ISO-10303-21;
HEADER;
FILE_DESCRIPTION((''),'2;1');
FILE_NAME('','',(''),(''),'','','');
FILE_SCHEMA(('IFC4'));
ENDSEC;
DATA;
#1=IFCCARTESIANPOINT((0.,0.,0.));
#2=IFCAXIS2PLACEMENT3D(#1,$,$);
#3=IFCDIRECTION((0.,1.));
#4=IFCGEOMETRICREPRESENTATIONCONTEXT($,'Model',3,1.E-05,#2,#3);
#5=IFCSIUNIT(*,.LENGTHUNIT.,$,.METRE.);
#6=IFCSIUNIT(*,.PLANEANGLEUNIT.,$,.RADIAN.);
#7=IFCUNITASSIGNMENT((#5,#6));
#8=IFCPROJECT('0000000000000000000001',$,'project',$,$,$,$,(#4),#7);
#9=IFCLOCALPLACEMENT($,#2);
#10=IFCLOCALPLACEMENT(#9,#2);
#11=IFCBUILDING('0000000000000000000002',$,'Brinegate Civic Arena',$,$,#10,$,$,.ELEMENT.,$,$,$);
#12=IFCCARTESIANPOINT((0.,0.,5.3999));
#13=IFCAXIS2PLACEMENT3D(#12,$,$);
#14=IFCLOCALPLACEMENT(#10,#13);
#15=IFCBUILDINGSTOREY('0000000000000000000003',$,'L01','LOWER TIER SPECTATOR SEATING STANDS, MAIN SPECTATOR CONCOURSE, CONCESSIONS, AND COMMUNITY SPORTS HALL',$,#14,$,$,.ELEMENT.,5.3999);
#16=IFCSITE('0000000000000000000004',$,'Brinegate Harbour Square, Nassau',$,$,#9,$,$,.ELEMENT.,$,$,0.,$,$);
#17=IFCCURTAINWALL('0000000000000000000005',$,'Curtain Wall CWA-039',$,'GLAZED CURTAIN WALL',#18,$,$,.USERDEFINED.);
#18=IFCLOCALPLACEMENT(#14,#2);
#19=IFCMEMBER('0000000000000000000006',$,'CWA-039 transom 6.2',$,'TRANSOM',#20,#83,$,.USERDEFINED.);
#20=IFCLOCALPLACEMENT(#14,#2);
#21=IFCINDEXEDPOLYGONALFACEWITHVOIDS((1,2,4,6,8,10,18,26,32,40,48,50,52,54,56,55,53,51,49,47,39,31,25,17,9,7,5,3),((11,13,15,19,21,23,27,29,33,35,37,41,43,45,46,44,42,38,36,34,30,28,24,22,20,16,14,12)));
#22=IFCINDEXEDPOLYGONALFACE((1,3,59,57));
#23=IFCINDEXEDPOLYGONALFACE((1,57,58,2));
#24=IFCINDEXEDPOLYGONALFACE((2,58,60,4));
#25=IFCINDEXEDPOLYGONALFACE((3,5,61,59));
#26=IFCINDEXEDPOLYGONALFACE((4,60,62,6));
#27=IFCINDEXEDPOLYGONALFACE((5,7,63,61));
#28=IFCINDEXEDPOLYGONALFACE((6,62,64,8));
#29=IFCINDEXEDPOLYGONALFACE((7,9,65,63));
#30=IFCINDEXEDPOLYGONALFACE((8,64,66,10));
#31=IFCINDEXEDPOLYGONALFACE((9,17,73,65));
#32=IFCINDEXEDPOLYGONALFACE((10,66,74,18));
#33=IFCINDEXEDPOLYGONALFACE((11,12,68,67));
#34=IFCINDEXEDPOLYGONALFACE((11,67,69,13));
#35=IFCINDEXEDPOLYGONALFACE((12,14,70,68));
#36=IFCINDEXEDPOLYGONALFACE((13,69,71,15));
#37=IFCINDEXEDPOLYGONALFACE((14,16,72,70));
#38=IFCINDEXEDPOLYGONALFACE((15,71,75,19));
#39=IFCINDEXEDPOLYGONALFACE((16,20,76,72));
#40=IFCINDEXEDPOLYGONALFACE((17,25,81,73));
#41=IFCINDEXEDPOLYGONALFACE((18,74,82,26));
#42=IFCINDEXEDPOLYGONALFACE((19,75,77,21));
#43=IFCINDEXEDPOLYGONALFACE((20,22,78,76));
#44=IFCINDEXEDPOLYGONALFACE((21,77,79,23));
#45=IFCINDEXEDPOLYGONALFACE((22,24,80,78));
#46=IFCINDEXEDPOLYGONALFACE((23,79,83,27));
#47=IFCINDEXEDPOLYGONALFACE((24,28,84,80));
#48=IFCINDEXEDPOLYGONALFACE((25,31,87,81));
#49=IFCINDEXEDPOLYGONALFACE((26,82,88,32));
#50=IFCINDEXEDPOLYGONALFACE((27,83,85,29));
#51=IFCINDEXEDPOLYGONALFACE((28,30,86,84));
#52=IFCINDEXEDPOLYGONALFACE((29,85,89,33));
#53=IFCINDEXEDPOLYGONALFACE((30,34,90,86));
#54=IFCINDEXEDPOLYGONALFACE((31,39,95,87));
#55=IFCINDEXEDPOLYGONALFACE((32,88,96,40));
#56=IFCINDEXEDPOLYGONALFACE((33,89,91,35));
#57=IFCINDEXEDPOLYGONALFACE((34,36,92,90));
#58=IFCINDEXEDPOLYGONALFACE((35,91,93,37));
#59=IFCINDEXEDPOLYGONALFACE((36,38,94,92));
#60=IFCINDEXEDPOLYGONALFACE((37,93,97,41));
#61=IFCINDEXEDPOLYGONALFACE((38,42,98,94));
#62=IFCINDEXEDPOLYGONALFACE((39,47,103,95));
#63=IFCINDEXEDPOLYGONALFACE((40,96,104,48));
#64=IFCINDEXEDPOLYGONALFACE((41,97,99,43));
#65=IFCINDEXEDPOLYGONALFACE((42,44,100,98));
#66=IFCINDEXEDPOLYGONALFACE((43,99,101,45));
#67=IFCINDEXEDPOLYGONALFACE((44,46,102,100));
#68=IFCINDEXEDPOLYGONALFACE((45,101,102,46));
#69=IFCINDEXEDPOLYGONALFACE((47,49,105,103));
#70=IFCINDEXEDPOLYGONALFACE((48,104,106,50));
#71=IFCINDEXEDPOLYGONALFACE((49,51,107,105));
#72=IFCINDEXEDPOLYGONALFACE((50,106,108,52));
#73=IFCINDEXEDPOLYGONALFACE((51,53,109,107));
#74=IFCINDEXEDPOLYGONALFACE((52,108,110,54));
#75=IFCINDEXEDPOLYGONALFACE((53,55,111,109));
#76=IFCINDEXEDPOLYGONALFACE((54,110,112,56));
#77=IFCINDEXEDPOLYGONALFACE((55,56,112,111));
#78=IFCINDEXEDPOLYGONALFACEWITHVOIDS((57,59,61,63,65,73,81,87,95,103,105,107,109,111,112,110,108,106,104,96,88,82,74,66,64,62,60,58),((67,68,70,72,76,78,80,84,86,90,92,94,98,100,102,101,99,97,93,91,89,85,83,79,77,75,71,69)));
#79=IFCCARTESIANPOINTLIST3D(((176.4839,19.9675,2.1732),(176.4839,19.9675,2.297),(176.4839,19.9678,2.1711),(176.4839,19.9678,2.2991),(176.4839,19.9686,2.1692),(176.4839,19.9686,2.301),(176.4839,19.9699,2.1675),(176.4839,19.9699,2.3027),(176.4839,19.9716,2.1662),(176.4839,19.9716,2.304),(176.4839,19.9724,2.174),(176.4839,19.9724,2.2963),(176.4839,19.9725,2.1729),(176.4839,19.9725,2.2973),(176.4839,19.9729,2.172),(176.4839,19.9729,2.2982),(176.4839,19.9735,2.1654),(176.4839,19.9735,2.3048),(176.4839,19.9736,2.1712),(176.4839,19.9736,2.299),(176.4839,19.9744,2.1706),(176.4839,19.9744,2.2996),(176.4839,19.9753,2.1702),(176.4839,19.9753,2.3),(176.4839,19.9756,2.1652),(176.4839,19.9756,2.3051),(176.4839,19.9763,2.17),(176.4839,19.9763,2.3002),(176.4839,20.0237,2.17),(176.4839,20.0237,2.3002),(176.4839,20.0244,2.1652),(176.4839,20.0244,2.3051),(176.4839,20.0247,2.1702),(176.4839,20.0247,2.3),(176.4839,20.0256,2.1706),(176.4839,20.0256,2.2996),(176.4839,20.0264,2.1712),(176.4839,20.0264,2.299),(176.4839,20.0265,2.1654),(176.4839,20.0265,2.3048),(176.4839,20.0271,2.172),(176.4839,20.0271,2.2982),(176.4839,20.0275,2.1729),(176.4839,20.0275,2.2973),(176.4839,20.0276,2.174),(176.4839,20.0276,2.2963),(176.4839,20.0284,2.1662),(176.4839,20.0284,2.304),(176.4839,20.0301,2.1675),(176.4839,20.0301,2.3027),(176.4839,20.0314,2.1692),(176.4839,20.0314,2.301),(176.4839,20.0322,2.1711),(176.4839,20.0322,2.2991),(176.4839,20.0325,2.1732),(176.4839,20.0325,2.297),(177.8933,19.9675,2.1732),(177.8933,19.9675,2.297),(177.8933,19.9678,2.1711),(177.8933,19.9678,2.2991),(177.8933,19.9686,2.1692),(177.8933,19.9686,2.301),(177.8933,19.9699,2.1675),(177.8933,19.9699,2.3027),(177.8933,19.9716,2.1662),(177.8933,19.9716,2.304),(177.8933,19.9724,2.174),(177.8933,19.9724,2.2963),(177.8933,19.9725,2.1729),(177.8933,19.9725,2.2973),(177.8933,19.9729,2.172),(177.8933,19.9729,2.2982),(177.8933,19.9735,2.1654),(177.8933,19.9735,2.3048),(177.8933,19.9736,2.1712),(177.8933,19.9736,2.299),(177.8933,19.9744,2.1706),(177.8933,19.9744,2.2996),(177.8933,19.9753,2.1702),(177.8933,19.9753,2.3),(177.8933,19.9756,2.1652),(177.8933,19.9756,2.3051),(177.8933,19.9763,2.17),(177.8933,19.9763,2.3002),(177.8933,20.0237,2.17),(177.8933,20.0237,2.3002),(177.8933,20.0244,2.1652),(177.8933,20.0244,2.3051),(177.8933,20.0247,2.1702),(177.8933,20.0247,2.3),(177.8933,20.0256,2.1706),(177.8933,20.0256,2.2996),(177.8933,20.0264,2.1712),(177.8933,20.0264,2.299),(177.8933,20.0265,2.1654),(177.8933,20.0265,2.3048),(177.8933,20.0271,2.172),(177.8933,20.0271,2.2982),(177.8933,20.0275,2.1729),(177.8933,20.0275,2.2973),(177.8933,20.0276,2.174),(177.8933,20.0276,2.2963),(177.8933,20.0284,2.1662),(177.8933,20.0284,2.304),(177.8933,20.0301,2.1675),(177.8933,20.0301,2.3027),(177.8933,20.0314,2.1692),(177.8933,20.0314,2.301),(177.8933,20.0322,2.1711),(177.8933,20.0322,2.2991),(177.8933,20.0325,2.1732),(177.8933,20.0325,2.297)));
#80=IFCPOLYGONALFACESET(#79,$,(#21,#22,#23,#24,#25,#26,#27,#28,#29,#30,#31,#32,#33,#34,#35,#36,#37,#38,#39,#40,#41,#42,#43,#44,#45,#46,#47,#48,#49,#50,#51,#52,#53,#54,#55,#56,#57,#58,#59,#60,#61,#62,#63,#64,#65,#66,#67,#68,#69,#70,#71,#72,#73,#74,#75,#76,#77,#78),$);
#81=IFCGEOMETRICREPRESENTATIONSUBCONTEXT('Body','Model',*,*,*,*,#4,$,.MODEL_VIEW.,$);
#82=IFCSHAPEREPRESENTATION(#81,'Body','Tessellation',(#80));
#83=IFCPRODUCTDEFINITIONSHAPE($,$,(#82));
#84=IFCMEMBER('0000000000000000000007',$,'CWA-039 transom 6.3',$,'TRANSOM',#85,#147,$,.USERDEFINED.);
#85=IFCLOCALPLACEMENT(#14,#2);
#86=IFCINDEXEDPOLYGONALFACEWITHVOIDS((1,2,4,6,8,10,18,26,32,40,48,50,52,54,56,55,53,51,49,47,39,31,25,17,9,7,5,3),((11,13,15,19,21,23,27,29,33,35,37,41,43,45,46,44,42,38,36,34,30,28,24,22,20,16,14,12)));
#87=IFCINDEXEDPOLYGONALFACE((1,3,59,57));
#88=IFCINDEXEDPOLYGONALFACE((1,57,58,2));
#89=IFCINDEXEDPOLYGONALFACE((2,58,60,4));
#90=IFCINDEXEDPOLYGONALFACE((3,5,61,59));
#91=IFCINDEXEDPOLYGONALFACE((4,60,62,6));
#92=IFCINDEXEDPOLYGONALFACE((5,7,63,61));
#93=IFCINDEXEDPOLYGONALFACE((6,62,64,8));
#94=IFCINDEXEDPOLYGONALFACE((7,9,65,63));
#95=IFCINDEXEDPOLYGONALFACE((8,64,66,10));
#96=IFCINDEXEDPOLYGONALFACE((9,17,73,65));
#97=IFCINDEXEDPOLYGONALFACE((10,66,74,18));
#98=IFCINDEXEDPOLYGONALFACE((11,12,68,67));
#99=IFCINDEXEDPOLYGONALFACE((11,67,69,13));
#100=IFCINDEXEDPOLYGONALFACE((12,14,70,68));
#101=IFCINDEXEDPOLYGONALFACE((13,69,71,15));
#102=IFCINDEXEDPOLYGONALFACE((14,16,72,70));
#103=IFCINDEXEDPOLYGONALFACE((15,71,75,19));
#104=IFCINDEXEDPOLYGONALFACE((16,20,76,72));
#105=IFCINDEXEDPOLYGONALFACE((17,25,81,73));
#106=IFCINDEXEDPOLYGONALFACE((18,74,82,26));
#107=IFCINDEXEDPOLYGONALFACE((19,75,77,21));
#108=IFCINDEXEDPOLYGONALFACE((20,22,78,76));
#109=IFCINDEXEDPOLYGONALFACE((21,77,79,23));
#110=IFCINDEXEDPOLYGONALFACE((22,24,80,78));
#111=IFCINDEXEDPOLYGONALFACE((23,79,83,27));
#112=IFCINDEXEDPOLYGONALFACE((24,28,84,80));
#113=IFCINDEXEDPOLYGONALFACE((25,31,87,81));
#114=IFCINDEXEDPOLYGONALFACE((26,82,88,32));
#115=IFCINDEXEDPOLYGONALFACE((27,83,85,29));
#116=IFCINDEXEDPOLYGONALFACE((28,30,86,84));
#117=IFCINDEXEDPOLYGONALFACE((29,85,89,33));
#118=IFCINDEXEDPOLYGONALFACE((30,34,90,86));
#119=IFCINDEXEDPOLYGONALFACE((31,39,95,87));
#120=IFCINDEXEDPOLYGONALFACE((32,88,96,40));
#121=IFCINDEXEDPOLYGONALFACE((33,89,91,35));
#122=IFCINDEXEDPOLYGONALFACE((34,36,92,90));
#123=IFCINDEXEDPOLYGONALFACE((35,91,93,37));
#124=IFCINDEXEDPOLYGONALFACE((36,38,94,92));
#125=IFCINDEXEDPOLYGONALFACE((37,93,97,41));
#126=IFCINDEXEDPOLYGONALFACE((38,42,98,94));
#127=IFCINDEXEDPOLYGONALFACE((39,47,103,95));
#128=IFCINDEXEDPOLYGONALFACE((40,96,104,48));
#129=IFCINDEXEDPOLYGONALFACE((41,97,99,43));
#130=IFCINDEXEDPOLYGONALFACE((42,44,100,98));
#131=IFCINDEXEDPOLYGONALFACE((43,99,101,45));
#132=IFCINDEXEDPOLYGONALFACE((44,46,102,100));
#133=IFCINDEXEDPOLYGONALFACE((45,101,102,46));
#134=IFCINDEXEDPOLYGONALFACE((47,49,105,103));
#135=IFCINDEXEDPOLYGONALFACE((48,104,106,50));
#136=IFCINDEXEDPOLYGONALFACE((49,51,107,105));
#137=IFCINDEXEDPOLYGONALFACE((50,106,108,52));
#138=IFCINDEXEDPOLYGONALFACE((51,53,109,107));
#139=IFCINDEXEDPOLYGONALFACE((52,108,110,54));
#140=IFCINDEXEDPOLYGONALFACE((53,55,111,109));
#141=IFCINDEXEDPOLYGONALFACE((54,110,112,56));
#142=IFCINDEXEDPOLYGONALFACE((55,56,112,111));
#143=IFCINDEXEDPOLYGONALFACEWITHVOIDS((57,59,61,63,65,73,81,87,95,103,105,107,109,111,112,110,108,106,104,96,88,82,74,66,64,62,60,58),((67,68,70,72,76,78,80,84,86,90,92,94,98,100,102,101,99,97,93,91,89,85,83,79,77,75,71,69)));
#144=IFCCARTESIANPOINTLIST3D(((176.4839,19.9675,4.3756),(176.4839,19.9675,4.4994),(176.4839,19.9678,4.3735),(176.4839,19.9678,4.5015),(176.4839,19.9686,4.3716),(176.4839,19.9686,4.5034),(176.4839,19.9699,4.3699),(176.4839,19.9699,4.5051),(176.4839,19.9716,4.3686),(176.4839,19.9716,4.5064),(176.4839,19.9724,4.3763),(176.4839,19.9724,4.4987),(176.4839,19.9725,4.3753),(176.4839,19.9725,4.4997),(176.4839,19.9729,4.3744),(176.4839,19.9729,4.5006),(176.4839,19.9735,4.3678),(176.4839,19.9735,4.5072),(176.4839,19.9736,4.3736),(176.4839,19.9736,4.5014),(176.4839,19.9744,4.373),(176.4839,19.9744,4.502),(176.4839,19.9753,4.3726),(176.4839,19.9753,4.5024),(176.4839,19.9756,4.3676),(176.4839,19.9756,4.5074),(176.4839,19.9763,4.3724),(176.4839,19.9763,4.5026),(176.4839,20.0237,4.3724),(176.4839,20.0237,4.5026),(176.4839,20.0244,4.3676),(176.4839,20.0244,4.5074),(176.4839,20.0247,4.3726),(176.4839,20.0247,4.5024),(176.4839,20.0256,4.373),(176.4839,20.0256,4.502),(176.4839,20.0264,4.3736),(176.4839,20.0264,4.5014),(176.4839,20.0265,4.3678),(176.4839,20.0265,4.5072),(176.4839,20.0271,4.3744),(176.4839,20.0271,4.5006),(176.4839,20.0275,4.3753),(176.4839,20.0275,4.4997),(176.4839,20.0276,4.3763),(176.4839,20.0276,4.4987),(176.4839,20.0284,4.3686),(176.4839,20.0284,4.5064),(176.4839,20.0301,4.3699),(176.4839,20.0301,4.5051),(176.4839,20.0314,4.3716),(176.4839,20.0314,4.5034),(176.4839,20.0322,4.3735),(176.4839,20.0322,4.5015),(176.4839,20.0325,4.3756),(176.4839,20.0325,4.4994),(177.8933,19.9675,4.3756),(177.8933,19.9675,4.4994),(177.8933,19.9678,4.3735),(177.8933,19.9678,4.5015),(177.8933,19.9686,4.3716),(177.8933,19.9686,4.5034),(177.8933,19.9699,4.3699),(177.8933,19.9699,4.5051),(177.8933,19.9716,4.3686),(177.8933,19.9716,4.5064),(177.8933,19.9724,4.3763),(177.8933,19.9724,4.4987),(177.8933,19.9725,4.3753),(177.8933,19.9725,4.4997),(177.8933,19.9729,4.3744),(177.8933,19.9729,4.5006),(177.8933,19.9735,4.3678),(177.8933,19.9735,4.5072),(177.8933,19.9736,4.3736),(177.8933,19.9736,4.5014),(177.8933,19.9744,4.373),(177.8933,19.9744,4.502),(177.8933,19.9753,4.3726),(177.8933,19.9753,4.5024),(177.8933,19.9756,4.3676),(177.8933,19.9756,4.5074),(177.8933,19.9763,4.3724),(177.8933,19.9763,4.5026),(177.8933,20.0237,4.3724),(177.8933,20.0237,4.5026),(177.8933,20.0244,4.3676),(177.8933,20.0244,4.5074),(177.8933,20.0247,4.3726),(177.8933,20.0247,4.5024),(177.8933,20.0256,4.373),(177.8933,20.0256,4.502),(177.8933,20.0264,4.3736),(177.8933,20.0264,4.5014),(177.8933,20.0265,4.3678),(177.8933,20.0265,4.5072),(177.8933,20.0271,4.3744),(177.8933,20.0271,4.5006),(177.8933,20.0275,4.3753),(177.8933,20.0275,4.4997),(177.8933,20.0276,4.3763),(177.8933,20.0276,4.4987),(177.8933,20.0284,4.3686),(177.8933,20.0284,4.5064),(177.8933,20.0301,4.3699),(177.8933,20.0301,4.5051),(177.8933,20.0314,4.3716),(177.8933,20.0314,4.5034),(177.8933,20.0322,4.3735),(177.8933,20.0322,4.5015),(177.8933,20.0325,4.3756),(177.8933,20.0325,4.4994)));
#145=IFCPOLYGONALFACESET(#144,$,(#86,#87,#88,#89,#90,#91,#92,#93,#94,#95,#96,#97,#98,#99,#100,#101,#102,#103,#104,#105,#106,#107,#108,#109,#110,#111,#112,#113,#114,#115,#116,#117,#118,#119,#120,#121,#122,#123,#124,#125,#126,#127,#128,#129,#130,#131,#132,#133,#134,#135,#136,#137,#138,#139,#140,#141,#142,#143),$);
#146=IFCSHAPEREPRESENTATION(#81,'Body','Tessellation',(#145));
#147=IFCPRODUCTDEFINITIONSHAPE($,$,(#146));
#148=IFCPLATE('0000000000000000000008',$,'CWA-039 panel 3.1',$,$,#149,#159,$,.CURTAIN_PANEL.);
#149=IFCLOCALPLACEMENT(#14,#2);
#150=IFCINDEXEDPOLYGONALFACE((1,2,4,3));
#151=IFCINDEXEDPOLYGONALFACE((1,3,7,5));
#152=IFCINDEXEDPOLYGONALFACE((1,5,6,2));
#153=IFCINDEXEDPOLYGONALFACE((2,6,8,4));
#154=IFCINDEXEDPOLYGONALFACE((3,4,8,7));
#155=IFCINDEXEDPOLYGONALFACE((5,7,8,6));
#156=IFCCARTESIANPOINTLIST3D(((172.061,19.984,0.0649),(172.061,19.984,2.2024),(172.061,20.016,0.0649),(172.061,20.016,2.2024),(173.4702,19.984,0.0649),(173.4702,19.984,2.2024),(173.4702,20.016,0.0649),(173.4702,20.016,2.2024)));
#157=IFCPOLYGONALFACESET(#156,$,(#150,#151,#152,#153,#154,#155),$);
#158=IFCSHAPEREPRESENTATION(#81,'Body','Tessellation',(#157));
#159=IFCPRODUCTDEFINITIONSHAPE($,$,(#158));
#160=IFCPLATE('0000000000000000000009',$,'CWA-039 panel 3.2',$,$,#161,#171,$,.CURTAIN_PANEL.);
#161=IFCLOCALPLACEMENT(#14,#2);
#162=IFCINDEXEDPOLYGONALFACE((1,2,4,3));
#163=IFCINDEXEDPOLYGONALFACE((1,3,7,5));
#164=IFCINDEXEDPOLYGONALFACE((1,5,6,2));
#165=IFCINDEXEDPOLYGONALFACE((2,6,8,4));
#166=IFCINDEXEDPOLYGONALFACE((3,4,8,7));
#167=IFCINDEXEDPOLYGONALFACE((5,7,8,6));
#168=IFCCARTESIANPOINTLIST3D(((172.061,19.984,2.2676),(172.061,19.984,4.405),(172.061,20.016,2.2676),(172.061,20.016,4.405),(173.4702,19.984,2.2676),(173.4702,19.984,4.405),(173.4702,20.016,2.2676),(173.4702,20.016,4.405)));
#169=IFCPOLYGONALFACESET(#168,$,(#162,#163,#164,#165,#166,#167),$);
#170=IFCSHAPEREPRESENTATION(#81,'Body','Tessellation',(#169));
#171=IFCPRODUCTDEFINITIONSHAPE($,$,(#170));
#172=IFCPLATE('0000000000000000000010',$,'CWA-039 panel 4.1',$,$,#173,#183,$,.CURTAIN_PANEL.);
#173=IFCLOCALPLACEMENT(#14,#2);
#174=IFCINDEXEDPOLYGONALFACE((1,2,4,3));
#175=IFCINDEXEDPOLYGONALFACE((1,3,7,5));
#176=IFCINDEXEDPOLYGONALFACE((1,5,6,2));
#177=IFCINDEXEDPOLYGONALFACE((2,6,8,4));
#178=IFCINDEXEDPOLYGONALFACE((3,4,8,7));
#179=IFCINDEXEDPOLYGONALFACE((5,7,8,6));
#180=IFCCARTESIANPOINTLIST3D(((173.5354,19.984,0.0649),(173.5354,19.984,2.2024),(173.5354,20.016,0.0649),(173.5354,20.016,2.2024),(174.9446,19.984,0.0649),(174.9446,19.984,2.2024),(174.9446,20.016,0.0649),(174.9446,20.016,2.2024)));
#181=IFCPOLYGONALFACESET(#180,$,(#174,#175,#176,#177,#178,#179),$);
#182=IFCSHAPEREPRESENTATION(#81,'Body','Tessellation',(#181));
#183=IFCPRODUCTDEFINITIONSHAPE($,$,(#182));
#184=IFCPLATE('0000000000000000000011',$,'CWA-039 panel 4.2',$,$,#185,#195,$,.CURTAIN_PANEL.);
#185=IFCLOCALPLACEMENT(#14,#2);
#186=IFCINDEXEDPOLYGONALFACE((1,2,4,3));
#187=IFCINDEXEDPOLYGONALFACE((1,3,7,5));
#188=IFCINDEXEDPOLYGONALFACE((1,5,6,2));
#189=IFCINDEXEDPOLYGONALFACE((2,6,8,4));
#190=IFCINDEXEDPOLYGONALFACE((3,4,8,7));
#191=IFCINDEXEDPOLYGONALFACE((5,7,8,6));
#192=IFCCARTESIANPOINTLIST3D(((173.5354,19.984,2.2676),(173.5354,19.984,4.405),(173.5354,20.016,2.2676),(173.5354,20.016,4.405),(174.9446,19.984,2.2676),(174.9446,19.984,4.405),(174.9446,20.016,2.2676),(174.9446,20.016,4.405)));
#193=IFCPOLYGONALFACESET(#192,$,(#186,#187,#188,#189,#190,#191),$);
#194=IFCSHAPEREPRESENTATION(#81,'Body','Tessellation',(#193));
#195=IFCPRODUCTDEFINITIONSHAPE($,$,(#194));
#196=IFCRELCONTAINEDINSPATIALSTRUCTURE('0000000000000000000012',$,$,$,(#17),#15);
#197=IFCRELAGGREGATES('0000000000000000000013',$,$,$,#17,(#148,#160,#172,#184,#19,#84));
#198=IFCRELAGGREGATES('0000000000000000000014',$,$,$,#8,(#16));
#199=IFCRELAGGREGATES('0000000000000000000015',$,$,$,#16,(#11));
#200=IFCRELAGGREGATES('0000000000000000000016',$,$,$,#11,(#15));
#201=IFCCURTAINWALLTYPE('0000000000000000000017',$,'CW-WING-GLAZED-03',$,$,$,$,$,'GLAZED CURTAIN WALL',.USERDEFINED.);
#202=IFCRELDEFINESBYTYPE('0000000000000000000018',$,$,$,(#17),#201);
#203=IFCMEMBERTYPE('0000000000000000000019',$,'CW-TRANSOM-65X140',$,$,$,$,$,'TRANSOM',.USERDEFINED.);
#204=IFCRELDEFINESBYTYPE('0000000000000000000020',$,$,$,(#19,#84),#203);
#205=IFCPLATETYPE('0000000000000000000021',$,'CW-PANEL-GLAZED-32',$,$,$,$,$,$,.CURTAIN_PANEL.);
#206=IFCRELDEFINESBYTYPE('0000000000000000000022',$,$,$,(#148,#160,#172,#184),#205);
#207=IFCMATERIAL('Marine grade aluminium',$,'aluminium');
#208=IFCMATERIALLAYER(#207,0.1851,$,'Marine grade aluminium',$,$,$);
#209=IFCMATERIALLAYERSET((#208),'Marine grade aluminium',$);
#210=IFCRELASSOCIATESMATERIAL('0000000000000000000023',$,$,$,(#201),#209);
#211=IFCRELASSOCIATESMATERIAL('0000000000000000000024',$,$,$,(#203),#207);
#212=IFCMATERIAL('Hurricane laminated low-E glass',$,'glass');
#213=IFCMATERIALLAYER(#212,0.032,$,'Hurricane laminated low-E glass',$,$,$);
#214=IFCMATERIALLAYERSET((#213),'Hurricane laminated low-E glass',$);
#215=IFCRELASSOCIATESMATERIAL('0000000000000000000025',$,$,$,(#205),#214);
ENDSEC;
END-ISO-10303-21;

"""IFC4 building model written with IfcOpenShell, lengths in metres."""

from ifc_helpers import new_model, si_unit, direction, frame, origin, origin_2d, place, context, subcontext, project, spatial, rectangle, hollow_rectangle, extrude, material, layer, layer_set, material_profile, profile_set, type_object, element, aggregate, save


model = new_model("IFC4")

# Units and contexts
model_context = context("Model", 3, precision=1e-05, world=origin(), true_north=direction((0.0, 1.0)))
body_context = subcontext(model_context, "Body", "Model", "MODEL_VIEW")
ifc_project = project(units=[si_unit("LENGTHUNIT", "METRE"), si_unit("PLANEANGLEUNIT", "RADIAN")], contexts=[model_context])

# Site, building, storey
site_placement = place(None, origin())
site = spatial("IfcSite", under=ifc_project, at=site_placement, Name="Brinegate Harbour Square, Nassau", CompositionType="ELEMENT", RefElevation=0.0)
building_placement = place(site_placement, origin())
building = spatial("IfcBuilding", under=site, at=building_placement, Name="Brinegate Civic Arena", CompositionType="ELEMENT")
storey_placement = place(building_placement, frame((0.0, 0.0, 5.3999)))
storey = spatial("IfcBuildingStorey", under=building, at=storey_placement, Name="L01", Description="LOWER TIER SPECTATOR SEATING STANDS, MAIN SPECTATOR CONCOURSE, CONCESSIONS, AND COMMUNITY SPORTS HALL", CompositionType="ELEMENT", Elevation=5.3999)

# Curtain wall, members, plates
ifc_material_1 = material(Name="Marine grade aluminium", Category="aluminium")
ifc_layer_1 = layer(ifc_material_1, 0.1851, Name="Marine grade aluminium")
ifc_layer_set_1 = layer_set([ifc_layer_1], Name="Marine grade aluminium")
curtain_wall_type = type_object("IfcCurtainWallType", Name="CW-WING-GLAZED-03", ElementType="GLAZED CURTAIN WALL", PredefinedType="USERDEFINED", material=ifc_layer_set_1)
curtain_wall_placement = place(storey_placement, origin())
curtain_wall = element("IfcCurtainWall", 1, at=curtain_wall_placement, inside=storey, type_object=curtain_wall_type, Name="Curtain Wall CWA-039", ObjectType="GLAZED CURTAIN WALL", PredefinedType="USERDEFINED")
ifc_material_profile_1 = material_profile(ifc_material_1, hollow_rectangle(XDim=0.0649, YDim=0.1399, WallThickness=0.0049, InnerFilletRadius=0.0039, OuterFilletRadius=0.0081, at=origin_2d()), Name="TRN65X140")
ifc_profile_set_1 = profile_set([ifc_material_profile_1], Name="Marine grade aluminium")
member_type_1 = type_object("IfcMemberType", Name="CW-TRANSOM-65X140", ElementType="TRANSOM", PredefinedType="USERDEFINED", material=ifc_profile_set_1)
member_1_placement = place(storey_placement, frame((176.4839, 20.0, 2.2351), z_axis=(1.0, 0.0, 0.0), x_axis=(0.0, 1.0, 0.0)))
member_1 = element("IfcMember", 2, at=member_1_placement, type_object=member_type_1, Name="CWA-039 transom 6.2", ObjectType="TRANSOM", PredefinedType="USERDEFINED", context=body_context, shape_type="SweptSolid", body=[
    extrude(hollow_rectangle(XDim=0.0649, YDim=0.1399, WallThickness=0.0049, InnerFilletRadius=0.0039, OuterFilletRadius=0.0081, at=origin_2d()), origin(), (0.0, 0.0, 1.0), 1.4094),
])
member_2_placement = place(storey_placement, frame((176.4839, 20.0, 4.4375), z_axis=(1.0, 0.0, 0.0), x_axis=(0.0, 1.0, 0.0)))
member_2 = element("IfcMember", 3, at=member_2_placement, type_object=member_type_1, Name="CWA-039 transom 6.3", ObjectType="TRANSOM", PredefinedType="USERDEFINED", context=body_context, shape_type="SweptSolid", body=[
    extrude(hollow_rectangle(XDim=0.0649, YDim=0.1399, WallThickness=0.0049, InnerFilletRadius=0.0039, OuterFilletRadius=0.0081, at=origin_2d()), origin(), (0.0, 0.0, 1.0), 1.4094),
])
ifc_material_2 = material(Name="Hurricane laminated low-E glass", Category="glass")
ifc_layer_2 = layer(ifc_material_2, 0.032, Name="Hurricane laminated low-E glass")
ifc_layer_set_2 = layer_set([ifc_layer_2], Name="Hurricane laminated low-E glass")
plate_type = type_object("IfcPlateType", Name="CW-PANEL-GLAZED-32", PredefinedType="CURTAIN_PANEL", material=ifc_layer_set_2)
plate_1_placement = place(storey_placement, frame((172.7656, 20.0, 0.0649), z_axis=(0.0, 0.0, 1.0), x_axis=(1.0, 0.0, 0.0)))
plate_1 = element("IfcPlate", 4, at=plate_1_placement, type_object=plate_type, Name="CWA-039 panel 3.1", PredefinedType="CURTAIN_PANEL", context=body_context, shape_type="SweptSolid", body=[
    extrude(rectangle(XDim=1.4092, YDim=0.032, at=origin_2d()), origin(), (0.0, 0.0, 1.0), 2.1375),
])
plate_2_placement = place(storey_placement, frame((172.7656, 20.0, 2.2676), z_axis=(0.0, 0.0, 1.0), x_axis=(1.0, 0.0, 0.0)))
plate_2 = element("IfcPlate", 5, at=plate_2_placement, type_object=plate_type, Name="CWA-039 panel 3.2", PredefinedType="CURTAIN_PANEL", context=body_context, shape_type="SweptSolid", body=[
    extrude(rectangle(XDim=1.4092, YDim=0.032, at=origin_2d()), origin(), (0.0, 0.0, 1.0), 2.1375),
])
plate_3_placement = place(storey_placement, frame((174.24, 20.0, 0.0649), z_axis=(0.0, 0.0, 1.0), x_axis=(1.0, 0.0, 0.0)))
plate_3 = element("IfcPlate", 6, at=plate_3_placement, type_object=plate_type, Name="CWA-039 panel 4.1", PredefinedType="CURTAIN_PANEL", context=body_context, shape_type="SweptSolid", body=[
    extrude(rectangle(XDim=1.4092, YDim=0.032, at=origin_2d()), origin(), (0.0, 0.0, 1.0), 2.1375),
])
plate_4_placement = place(storey_placement, frame((174.24, 20.0, 2.2676), z_axis=(0.0, 0.0, 1.0), x_axis=(1.0, 0.0, 0.0)))
plate_4 = element("IfcPlate", 7, at=plate_4_placement, type_object=plate_type, Name="CWA-039 panel 4.2", PredefinedType="CURTAIN_PANEL", context=body_context, shape_type="SweptSolid", body=[
    extrude(rectangle(XDim=1.4092, YDim=0.032, at=origin_2d()), origin(), (0.0, 0.0, 1.0), 2.1375),
])
aggregate(curtain_wall, [plate_1, plate_2, plate_3, plate_4, member_1, member_2])

save(model, "model.ifc")
